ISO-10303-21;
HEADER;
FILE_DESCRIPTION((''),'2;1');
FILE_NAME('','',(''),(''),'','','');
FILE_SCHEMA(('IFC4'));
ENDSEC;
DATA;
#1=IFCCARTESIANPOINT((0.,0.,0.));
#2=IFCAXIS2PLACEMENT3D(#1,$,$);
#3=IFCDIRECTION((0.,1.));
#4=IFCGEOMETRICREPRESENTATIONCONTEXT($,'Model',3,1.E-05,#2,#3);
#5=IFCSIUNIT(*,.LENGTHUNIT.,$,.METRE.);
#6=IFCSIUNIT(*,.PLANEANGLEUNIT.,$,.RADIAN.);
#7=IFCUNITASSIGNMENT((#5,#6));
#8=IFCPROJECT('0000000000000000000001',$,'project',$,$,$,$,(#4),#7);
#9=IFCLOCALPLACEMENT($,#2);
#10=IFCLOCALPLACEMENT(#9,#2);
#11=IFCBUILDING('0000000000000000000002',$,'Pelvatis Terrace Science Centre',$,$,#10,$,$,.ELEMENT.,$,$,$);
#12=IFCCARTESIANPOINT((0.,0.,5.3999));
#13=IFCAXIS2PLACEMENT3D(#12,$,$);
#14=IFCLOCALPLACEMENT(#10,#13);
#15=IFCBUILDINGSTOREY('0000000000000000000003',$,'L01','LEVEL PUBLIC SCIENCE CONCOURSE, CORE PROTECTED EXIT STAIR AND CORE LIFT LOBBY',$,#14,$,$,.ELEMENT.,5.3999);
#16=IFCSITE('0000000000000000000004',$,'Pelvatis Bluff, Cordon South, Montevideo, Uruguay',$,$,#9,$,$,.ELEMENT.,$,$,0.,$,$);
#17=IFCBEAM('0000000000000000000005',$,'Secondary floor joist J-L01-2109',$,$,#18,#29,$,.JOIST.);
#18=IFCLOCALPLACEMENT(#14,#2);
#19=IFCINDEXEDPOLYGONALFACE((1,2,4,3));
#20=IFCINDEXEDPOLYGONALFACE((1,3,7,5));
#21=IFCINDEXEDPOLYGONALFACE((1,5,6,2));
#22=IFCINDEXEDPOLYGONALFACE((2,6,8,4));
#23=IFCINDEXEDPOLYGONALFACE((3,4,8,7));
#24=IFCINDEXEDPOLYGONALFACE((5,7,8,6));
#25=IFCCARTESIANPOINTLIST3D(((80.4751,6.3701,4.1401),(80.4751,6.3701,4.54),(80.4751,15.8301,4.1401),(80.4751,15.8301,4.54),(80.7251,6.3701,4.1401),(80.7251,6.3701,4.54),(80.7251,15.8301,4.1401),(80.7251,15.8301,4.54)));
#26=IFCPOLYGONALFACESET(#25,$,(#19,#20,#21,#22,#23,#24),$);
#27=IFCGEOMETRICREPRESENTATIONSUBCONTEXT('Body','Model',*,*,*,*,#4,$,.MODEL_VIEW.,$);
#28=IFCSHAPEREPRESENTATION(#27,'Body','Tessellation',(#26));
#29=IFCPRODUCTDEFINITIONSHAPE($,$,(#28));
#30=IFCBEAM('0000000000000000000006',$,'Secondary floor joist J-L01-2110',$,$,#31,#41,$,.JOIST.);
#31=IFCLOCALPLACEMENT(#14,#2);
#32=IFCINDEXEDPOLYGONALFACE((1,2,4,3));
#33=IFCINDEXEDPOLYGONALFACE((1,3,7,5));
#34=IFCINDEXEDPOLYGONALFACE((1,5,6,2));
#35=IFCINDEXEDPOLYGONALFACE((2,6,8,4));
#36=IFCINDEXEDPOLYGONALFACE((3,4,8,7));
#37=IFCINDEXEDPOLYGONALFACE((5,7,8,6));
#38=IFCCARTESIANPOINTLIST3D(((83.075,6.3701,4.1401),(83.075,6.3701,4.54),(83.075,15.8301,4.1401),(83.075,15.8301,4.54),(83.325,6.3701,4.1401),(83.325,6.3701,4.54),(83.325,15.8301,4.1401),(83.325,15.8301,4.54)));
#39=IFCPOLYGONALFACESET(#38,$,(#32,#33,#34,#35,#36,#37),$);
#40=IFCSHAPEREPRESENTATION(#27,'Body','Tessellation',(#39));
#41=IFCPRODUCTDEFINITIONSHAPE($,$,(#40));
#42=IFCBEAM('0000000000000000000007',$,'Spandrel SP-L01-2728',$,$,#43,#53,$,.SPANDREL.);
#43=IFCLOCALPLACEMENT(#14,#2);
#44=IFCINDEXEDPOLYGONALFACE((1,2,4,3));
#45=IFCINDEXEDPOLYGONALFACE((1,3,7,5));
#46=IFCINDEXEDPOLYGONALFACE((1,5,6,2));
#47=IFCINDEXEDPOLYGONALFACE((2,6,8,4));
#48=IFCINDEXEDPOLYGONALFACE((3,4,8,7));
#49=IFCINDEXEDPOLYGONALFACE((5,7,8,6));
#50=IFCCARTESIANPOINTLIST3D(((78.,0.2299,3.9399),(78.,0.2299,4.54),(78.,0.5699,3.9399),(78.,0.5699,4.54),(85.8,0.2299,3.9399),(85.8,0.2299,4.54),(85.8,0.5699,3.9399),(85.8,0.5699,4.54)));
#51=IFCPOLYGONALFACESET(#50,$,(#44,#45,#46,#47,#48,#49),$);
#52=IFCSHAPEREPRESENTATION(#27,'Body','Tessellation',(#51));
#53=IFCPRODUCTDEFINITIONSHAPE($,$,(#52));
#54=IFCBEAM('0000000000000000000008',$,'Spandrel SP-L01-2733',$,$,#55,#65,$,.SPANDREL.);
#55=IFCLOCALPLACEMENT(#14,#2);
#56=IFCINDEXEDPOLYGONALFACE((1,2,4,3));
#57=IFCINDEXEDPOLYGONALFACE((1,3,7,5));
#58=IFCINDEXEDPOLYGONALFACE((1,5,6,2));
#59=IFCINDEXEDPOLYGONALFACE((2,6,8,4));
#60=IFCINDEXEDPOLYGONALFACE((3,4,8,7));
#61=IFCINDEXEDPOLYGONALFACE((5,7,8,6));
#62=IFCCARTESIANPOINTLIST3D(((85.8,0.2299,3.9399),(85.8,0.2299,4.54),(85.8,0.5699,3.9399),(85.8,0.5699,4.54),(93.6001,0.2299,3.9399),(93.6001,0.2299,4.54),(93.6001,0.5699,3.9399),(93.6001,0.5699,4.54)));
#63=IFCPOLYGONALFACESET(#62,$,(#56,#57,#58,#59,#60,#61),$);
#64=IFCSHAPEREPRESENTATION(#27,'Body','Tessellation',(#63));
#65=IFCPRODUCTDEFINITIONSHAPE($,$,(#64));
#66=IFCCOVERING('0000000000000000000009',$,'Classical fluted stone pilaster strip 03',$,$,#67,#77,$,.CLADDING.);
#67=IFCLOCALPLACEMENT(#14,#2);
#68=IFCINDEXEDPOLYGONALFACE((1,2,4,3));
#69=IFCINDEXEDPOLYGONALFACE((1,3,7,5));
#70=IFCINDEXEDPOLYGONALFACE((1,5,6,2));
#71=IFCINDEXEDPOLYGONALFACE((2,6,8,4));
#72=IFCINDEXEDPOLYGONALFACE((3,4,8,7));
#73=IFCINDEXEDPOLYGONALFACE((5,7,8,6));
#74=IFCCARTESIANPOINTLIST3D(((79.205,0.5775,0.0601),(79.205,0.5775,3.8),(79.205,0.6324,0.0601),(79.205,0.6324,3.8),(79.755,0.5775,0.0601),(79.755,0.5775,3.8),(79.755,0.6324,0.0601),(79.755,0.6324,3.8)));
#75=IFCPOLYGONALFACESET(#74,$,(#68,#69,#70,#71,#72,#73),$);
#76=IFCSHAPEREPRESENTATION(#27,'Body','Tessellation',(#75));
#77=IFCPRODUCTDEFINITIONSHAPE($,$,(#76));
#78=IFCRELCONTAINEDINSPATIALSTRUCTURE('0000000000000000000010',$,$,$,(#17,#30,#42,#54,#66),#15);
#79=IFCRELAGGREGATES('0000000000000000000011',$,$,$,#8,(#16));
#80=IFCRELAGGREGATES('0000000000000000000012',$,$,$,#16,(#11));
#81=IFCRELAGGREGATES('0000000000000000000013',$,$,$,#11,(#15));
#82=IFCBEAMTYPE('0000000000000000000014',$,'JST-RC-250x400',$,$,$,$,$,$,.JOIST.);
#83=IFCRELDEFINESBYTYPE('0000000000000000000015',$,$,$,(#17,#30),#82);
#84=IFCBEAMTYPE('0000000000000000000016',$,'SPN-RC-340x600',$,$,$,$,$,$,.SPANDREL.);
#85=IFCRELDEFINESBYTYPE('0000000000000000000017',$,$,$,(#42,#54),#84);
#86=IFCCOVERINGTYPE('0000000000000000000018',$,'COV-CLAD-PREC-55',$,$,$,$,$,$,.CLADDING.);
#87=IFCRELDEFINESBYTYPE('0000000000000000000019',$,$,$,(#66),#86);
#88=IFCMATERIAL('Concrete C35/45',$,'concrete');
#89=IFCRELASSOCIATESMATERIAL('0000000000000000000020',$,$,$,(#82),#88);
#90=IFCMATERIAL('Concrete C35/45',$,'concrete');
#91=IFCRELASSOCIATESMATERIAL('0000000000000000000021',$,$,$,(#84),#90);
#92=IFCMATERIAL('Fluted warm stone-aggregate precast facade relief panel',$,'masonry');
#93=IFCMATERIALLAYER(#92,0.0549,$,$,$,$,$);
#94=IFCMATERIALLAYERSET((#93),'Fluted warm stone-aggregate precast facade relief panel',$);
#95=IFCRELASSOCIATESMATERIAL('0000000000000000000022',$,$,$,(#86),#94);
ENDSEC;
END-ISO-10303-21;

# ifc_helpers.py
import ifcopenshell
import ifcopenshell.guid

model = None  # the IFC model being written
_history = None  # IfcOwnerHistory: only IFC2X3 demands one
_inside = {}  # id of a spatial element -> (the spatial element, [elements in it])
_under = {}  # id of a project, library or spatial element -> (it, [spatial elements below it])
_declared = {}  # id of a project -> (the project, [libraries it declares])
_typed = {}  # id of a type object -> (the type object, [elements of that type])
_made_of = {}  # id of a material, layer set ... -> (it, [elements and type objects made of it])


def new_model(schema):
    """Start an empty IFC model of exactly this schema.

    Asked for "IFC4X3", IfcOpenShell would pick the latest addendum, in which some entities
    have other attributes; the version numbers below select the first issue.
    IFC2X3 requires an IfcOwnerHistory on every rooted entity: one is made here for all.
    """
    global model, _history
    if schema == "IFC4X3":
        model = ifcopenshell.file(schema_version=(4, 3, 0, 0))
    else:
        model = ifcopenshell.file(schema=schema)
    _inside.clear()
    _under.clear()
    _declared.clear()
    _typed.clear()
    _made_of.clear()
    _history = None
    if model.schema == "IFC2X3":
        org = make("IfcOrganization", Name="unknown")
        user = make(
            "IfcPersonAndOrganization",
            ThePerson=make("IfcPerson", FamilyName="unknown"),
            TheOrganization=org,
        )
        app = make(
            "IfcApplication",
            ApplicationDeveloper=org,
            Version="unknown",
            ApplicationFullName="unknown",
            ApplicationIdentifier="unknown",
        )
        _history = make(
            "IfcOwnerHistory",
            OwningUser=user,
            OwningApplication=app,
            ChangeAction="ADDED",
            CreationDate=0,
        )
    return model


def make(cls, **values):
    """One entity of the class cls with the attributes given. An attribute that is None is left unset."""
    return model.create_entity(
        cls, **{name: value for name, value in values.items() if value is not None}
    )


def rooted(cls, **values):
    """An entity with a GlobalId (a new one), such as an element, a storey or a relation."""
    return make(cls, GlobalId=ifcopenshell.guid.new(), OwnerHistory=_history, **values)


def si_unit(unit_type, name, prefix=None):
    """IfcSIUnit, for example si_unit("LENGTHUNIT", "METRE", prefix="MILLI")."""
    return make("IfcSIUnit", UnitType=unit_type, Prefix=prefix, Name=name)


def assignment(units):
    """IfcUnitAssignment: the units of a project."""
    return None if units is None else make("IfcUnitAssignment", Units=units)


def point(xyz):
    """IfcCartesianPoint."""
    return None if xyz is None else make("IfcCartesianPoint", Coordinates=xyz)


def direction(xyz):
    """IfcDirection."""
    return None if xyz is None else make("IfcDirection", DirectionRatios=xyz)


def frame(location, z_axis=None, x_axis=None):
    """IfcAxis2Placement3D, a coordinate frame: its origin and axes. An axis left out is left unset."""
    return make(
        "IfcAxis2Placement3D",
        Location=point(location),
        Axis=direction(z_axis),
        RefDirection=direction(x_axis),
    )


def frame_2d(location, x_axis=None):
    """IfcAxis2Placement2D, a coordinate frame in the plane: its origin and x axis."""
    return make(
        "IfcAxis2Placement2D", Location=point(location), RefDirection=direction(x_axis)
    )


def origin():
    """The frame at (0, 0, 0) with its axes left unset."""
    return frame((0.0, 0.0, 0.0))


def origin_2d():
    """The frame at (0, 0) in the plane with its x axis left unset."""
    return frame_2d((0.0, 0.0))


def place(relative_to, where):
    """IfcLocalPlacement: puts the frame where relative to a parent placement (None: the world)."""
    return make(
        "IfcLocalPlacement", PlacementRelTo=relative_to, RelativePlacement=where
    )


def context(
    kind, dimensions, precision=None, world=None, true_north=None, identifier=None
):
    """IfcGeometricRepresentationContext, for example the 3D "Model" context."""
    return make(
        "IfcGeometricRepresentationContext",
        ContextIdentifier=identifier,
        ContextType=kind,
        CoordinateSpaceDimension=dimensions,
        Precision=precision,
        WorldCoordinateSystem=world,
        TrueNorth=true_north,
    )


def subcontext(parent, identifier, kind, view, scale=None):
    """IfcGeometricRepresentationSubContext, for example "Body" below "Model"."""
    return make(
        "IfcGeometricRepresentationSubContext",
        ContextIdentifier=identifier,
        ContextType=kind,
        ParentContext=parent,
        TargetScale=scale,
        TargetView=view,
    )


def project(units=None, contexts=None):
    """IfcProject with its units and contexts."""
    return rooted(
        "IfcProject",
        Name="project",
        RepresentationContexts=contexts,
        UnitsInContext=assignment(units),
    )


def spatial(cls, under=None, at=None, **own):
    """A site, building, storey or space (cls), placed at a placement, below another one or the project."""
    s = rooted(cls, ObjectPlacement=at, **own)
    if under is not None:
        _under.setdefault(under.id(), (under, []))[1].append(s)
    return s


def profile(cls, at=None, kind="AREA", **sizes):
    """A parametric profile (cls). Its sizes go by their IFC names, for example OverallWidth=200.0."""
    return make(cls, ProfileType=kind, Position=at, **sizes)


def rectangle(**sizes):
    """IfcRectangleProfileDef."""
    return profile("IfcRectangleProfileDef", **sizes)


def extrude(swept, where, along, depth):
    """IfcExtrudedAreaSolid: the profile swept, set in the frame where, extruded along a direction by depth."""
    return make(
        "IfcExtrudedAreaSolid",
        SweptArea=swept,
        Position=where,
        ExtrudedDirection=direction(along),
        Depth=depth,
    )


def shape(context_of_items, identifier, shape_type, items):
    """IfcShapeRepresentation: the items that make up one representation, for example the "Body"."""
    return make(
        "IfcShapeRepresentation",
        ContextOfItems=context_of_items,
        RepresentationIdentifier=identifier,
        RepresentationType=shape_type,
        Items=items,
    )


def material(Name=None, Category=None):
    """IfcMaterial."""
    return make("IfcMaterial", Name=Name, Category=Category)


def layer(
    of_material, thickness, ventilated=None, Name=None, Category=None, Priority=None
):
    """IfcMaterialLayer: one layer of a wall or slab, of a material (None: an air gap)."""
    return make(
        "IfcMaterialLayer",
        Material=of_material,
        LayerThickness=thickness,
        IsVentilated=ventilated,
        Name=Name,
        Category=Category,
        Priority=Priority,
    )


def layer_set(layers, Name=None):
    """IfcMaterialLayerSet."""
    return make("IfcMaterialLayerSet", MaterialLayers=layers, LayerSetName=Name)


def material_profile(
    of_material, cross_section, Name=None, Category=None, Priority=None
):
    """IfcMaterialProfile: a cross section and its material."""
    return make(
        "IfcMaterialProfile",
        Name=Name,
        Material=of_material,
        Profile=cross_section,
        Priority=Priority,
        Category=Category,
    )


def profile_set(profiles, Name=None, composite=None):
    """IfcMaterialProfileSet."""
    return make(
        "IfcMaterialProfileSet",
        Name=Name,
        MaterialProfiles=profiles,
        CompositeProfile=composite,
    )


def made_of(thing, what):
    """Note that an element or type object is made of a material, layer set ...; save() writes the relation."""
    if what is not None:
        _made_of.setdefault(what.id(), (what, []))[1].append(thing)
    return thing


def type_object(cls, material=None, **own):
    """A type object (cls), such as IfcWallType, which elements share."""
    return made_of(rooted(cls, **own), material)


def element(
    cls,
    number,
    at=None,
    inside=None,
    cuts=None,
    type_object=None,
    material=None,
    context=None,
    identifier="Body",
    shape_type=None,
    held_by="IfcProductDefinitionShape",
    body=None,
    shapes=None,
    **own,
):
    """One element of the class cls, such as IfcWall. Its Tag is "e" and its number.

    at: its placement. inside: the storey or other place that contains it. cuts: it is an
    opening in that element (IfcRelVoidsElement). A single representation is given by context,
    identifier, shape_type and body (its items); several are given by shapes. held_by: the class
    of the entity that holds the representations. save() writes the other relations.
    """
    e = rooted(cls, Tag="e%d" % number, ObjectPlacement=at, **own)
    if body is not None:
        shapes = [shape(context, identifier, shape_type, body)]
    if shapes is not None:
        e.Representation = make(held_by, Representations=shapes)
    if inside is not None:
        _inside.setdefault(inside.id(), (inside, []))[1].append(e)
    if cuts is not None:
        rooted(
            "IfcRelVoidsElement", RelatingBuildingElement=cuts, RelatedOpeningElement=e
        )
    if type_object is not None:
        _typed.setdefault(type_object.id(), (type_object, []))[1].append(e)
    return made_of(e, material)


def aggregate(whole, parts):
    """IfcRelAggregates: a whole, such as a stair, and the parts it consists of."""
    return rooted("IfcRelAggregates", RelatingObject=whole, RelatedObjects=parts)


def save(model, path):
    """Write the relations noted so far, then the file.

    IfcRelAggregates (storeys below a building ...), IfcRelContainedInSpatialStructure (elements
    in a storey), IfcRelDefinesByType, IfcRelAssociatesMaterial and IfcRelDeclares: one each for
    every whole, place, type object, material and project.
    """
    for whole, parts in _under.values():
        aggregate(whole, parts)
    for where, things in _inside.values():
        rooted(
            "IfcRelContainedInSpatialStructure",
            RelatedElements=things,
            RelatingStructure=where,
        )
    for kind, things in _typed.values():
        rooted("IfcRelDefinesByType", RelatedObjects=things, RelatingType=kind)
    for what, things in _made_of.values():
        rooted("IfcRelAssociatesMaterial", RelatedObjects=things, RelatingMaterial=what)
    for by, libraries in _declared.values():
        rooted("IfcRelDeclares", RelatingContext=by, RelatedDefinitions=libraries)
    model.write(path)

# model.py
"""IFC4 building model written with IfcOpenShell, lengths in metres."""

from ifc_helpers import new_model, si_unit, direction, frame, origin, origin_2d, place, context, subcontext, project, spatial, rectangle, extrude, material, layer, layer_set, material_profile, profile_set, type_object, element, save


model = new_model("IFC4")

# Units and contexts
model_context = context("Model", 3, precision=1e-05, world=origin(), true_north=direction((0.0, 1.0)))
body_context = subcontext(model_context, "Body", "Model", "MODEL_VIEW")
ifc_project = project(units=[si_unit("LENGTHUNIT", "METRE"), si_unit("PLANEANGLEUNIT", "RADIAN")], contexts=[model_context])

# Site, building, storey
site_placement = place(None, origin())
site = spatial("IfcSite", under=ifc_project, at=site_placement, Name="Pelvatis Bluff, Cordon South, Montevideo, Uruguay", CompositionType="ELEMENT", RefElevation=0.0)
building_placement = place(site_placement, origin())
building = spatial("IfcBuilding", under=site, at=building_placement, Name="Pelvatis Terrace Science Centre", CompositionType="ELEMENT")
storey_placement = place(building_placement, frame((0.0, 0.0, 5.3999)))
storey = spatial("IfcBuildingStorey", under=building, at=storey_placement, Name="L01", Description="LEVEL PUBLIC SCIENCE CONCOURSE, CORE PROTECTED EXIT STAIR AND CORE LIFT LOBBY", CompositionType="ELEMENT", Elevation=5.3999)

# Beams
ifc_material_1 = material(Name="Concrete C35/45", Category="concrete")
ifc_material_profile_1 = material_profile(ifc_material_1, rectangle(XDim=0.25, YDim=0.3999, at=origin_2d()), Name="RC-JST 250x400")
ifc_profile_set_1 = profile_set([ifc_material_profile_1], Name="Concrete C35/45")
beam_type_1 = type_object("IfcBeamType", Name="JST-RC-250x400", PredefinedType="JOIST", material=ifc_profile_set_1)
for number, where, z_axis, x_axis, name in (
    (1, (80.6001, 6.3701, 4.3401), (0.0, 1.0, 0.0), (-1.0, 0.0, 0.0), "Secondary floor joist J-L01-2109"),
    (2, (83.2, 6.3701, 4.3401), (0.0, 1.0, 0.0), (-1.0, 0.0, 0.0), "Secondary floor joist J-L01-2110"),
):
    element("IfcBeam", number, at=place(storey_placement, frame(where, z_axis=z_axis, x_axis=x_axis)), inside=storey, type_object=beam_type_1, Name=name, PredefinedType="JOIST", context=body_context, shape_type="SweptSolid", body=[
        extrude(rectangle(XDim=0.25, YDim=0.3999, at=origin_2d()), origin(), (0.0, 0.0, 1.0), 9.46),
    ])
ifc_material_2 = material(Name="Concrete C35/45", Category="concrete")
ifc_material_profile_2 = material_profile(ifc_material_2, rectangle(XDim=0.3401, YDim=0.6001, at=origin_2d()), Name="RC-SPN 340x600")
ifc_profile_set_2 = profile_set([ifc_material_profile_2], Name="Concrete C35/45")
beam_type_2 = type_object("IfcBeamType", Name="SPN-RC-340x600", PredefinedType="SPANDREL", material=ifc_profile_set_2)
for number, where, z_axis, x_axis, name in (
    (3, (78.0, 0.3999, 4.24), (1.0, 0.0, 0.0), (0.0, 1.0, 0.0), "Spandrel SP-L01-2728"),
    (4, (85.8, 0.3999, 4.24), (1.0, 0.0, 0.0), (0.0, 1.0, 0.0), "Spandrel SP-L01-2733"),
):
    element("IfcBeam", number, at=place(storey_placement, frame(where, z_axis=z_axis, x_axis=x_axis)), inside=storey, type_object=beam_type_2, Name=name, PredefinedType="SPANDREL", context=body_context, shape_type="SweptSolid", body=[
        extrude(rectangle(XDim=0.3401, YDim=0.6001, at=origin_2d()), origin(), (0.0, 0.0, 1.0), 7.8),
    ])

# Covering
ifc_material_3 = material(Name="Fluted warm stone-aggregate precast facade relief panel", Category="masonry")
ifc_layer = layer(ifc_material_3, 0.0549)
ifc_layer_set = layer_set([ifc_layer], Name="Fluted warm stone-aggregate precast facade relief panel")
covering_type = type_object("IfcCoveringType", Name="COV-CLAD-PREC-55", PredefinedType="CLADDING", material=ifc_layer_set)
covering_placement = place(storey_placement, frame((79.48, 0.605, 0.0601), z_axis=(0.0, 0.0, 1.0), x_axis=(1.0, 0.0, 0.0)))
element("IfcCovering", 5, at=covering_placement, inside=storey, type_object=covering_type, Name="Classical fluted stone pilaster strip 03", PredefinedType="CLADDING", context=body_context, shape_type="SweptSolid", body=[
    extrude(rectangle(XDim=0.55, YDim=0.0549, at=origin_2d()), origin(), (0.0, 0.0, 1.0), 3.74),
])

save(model, "model.ifc")
